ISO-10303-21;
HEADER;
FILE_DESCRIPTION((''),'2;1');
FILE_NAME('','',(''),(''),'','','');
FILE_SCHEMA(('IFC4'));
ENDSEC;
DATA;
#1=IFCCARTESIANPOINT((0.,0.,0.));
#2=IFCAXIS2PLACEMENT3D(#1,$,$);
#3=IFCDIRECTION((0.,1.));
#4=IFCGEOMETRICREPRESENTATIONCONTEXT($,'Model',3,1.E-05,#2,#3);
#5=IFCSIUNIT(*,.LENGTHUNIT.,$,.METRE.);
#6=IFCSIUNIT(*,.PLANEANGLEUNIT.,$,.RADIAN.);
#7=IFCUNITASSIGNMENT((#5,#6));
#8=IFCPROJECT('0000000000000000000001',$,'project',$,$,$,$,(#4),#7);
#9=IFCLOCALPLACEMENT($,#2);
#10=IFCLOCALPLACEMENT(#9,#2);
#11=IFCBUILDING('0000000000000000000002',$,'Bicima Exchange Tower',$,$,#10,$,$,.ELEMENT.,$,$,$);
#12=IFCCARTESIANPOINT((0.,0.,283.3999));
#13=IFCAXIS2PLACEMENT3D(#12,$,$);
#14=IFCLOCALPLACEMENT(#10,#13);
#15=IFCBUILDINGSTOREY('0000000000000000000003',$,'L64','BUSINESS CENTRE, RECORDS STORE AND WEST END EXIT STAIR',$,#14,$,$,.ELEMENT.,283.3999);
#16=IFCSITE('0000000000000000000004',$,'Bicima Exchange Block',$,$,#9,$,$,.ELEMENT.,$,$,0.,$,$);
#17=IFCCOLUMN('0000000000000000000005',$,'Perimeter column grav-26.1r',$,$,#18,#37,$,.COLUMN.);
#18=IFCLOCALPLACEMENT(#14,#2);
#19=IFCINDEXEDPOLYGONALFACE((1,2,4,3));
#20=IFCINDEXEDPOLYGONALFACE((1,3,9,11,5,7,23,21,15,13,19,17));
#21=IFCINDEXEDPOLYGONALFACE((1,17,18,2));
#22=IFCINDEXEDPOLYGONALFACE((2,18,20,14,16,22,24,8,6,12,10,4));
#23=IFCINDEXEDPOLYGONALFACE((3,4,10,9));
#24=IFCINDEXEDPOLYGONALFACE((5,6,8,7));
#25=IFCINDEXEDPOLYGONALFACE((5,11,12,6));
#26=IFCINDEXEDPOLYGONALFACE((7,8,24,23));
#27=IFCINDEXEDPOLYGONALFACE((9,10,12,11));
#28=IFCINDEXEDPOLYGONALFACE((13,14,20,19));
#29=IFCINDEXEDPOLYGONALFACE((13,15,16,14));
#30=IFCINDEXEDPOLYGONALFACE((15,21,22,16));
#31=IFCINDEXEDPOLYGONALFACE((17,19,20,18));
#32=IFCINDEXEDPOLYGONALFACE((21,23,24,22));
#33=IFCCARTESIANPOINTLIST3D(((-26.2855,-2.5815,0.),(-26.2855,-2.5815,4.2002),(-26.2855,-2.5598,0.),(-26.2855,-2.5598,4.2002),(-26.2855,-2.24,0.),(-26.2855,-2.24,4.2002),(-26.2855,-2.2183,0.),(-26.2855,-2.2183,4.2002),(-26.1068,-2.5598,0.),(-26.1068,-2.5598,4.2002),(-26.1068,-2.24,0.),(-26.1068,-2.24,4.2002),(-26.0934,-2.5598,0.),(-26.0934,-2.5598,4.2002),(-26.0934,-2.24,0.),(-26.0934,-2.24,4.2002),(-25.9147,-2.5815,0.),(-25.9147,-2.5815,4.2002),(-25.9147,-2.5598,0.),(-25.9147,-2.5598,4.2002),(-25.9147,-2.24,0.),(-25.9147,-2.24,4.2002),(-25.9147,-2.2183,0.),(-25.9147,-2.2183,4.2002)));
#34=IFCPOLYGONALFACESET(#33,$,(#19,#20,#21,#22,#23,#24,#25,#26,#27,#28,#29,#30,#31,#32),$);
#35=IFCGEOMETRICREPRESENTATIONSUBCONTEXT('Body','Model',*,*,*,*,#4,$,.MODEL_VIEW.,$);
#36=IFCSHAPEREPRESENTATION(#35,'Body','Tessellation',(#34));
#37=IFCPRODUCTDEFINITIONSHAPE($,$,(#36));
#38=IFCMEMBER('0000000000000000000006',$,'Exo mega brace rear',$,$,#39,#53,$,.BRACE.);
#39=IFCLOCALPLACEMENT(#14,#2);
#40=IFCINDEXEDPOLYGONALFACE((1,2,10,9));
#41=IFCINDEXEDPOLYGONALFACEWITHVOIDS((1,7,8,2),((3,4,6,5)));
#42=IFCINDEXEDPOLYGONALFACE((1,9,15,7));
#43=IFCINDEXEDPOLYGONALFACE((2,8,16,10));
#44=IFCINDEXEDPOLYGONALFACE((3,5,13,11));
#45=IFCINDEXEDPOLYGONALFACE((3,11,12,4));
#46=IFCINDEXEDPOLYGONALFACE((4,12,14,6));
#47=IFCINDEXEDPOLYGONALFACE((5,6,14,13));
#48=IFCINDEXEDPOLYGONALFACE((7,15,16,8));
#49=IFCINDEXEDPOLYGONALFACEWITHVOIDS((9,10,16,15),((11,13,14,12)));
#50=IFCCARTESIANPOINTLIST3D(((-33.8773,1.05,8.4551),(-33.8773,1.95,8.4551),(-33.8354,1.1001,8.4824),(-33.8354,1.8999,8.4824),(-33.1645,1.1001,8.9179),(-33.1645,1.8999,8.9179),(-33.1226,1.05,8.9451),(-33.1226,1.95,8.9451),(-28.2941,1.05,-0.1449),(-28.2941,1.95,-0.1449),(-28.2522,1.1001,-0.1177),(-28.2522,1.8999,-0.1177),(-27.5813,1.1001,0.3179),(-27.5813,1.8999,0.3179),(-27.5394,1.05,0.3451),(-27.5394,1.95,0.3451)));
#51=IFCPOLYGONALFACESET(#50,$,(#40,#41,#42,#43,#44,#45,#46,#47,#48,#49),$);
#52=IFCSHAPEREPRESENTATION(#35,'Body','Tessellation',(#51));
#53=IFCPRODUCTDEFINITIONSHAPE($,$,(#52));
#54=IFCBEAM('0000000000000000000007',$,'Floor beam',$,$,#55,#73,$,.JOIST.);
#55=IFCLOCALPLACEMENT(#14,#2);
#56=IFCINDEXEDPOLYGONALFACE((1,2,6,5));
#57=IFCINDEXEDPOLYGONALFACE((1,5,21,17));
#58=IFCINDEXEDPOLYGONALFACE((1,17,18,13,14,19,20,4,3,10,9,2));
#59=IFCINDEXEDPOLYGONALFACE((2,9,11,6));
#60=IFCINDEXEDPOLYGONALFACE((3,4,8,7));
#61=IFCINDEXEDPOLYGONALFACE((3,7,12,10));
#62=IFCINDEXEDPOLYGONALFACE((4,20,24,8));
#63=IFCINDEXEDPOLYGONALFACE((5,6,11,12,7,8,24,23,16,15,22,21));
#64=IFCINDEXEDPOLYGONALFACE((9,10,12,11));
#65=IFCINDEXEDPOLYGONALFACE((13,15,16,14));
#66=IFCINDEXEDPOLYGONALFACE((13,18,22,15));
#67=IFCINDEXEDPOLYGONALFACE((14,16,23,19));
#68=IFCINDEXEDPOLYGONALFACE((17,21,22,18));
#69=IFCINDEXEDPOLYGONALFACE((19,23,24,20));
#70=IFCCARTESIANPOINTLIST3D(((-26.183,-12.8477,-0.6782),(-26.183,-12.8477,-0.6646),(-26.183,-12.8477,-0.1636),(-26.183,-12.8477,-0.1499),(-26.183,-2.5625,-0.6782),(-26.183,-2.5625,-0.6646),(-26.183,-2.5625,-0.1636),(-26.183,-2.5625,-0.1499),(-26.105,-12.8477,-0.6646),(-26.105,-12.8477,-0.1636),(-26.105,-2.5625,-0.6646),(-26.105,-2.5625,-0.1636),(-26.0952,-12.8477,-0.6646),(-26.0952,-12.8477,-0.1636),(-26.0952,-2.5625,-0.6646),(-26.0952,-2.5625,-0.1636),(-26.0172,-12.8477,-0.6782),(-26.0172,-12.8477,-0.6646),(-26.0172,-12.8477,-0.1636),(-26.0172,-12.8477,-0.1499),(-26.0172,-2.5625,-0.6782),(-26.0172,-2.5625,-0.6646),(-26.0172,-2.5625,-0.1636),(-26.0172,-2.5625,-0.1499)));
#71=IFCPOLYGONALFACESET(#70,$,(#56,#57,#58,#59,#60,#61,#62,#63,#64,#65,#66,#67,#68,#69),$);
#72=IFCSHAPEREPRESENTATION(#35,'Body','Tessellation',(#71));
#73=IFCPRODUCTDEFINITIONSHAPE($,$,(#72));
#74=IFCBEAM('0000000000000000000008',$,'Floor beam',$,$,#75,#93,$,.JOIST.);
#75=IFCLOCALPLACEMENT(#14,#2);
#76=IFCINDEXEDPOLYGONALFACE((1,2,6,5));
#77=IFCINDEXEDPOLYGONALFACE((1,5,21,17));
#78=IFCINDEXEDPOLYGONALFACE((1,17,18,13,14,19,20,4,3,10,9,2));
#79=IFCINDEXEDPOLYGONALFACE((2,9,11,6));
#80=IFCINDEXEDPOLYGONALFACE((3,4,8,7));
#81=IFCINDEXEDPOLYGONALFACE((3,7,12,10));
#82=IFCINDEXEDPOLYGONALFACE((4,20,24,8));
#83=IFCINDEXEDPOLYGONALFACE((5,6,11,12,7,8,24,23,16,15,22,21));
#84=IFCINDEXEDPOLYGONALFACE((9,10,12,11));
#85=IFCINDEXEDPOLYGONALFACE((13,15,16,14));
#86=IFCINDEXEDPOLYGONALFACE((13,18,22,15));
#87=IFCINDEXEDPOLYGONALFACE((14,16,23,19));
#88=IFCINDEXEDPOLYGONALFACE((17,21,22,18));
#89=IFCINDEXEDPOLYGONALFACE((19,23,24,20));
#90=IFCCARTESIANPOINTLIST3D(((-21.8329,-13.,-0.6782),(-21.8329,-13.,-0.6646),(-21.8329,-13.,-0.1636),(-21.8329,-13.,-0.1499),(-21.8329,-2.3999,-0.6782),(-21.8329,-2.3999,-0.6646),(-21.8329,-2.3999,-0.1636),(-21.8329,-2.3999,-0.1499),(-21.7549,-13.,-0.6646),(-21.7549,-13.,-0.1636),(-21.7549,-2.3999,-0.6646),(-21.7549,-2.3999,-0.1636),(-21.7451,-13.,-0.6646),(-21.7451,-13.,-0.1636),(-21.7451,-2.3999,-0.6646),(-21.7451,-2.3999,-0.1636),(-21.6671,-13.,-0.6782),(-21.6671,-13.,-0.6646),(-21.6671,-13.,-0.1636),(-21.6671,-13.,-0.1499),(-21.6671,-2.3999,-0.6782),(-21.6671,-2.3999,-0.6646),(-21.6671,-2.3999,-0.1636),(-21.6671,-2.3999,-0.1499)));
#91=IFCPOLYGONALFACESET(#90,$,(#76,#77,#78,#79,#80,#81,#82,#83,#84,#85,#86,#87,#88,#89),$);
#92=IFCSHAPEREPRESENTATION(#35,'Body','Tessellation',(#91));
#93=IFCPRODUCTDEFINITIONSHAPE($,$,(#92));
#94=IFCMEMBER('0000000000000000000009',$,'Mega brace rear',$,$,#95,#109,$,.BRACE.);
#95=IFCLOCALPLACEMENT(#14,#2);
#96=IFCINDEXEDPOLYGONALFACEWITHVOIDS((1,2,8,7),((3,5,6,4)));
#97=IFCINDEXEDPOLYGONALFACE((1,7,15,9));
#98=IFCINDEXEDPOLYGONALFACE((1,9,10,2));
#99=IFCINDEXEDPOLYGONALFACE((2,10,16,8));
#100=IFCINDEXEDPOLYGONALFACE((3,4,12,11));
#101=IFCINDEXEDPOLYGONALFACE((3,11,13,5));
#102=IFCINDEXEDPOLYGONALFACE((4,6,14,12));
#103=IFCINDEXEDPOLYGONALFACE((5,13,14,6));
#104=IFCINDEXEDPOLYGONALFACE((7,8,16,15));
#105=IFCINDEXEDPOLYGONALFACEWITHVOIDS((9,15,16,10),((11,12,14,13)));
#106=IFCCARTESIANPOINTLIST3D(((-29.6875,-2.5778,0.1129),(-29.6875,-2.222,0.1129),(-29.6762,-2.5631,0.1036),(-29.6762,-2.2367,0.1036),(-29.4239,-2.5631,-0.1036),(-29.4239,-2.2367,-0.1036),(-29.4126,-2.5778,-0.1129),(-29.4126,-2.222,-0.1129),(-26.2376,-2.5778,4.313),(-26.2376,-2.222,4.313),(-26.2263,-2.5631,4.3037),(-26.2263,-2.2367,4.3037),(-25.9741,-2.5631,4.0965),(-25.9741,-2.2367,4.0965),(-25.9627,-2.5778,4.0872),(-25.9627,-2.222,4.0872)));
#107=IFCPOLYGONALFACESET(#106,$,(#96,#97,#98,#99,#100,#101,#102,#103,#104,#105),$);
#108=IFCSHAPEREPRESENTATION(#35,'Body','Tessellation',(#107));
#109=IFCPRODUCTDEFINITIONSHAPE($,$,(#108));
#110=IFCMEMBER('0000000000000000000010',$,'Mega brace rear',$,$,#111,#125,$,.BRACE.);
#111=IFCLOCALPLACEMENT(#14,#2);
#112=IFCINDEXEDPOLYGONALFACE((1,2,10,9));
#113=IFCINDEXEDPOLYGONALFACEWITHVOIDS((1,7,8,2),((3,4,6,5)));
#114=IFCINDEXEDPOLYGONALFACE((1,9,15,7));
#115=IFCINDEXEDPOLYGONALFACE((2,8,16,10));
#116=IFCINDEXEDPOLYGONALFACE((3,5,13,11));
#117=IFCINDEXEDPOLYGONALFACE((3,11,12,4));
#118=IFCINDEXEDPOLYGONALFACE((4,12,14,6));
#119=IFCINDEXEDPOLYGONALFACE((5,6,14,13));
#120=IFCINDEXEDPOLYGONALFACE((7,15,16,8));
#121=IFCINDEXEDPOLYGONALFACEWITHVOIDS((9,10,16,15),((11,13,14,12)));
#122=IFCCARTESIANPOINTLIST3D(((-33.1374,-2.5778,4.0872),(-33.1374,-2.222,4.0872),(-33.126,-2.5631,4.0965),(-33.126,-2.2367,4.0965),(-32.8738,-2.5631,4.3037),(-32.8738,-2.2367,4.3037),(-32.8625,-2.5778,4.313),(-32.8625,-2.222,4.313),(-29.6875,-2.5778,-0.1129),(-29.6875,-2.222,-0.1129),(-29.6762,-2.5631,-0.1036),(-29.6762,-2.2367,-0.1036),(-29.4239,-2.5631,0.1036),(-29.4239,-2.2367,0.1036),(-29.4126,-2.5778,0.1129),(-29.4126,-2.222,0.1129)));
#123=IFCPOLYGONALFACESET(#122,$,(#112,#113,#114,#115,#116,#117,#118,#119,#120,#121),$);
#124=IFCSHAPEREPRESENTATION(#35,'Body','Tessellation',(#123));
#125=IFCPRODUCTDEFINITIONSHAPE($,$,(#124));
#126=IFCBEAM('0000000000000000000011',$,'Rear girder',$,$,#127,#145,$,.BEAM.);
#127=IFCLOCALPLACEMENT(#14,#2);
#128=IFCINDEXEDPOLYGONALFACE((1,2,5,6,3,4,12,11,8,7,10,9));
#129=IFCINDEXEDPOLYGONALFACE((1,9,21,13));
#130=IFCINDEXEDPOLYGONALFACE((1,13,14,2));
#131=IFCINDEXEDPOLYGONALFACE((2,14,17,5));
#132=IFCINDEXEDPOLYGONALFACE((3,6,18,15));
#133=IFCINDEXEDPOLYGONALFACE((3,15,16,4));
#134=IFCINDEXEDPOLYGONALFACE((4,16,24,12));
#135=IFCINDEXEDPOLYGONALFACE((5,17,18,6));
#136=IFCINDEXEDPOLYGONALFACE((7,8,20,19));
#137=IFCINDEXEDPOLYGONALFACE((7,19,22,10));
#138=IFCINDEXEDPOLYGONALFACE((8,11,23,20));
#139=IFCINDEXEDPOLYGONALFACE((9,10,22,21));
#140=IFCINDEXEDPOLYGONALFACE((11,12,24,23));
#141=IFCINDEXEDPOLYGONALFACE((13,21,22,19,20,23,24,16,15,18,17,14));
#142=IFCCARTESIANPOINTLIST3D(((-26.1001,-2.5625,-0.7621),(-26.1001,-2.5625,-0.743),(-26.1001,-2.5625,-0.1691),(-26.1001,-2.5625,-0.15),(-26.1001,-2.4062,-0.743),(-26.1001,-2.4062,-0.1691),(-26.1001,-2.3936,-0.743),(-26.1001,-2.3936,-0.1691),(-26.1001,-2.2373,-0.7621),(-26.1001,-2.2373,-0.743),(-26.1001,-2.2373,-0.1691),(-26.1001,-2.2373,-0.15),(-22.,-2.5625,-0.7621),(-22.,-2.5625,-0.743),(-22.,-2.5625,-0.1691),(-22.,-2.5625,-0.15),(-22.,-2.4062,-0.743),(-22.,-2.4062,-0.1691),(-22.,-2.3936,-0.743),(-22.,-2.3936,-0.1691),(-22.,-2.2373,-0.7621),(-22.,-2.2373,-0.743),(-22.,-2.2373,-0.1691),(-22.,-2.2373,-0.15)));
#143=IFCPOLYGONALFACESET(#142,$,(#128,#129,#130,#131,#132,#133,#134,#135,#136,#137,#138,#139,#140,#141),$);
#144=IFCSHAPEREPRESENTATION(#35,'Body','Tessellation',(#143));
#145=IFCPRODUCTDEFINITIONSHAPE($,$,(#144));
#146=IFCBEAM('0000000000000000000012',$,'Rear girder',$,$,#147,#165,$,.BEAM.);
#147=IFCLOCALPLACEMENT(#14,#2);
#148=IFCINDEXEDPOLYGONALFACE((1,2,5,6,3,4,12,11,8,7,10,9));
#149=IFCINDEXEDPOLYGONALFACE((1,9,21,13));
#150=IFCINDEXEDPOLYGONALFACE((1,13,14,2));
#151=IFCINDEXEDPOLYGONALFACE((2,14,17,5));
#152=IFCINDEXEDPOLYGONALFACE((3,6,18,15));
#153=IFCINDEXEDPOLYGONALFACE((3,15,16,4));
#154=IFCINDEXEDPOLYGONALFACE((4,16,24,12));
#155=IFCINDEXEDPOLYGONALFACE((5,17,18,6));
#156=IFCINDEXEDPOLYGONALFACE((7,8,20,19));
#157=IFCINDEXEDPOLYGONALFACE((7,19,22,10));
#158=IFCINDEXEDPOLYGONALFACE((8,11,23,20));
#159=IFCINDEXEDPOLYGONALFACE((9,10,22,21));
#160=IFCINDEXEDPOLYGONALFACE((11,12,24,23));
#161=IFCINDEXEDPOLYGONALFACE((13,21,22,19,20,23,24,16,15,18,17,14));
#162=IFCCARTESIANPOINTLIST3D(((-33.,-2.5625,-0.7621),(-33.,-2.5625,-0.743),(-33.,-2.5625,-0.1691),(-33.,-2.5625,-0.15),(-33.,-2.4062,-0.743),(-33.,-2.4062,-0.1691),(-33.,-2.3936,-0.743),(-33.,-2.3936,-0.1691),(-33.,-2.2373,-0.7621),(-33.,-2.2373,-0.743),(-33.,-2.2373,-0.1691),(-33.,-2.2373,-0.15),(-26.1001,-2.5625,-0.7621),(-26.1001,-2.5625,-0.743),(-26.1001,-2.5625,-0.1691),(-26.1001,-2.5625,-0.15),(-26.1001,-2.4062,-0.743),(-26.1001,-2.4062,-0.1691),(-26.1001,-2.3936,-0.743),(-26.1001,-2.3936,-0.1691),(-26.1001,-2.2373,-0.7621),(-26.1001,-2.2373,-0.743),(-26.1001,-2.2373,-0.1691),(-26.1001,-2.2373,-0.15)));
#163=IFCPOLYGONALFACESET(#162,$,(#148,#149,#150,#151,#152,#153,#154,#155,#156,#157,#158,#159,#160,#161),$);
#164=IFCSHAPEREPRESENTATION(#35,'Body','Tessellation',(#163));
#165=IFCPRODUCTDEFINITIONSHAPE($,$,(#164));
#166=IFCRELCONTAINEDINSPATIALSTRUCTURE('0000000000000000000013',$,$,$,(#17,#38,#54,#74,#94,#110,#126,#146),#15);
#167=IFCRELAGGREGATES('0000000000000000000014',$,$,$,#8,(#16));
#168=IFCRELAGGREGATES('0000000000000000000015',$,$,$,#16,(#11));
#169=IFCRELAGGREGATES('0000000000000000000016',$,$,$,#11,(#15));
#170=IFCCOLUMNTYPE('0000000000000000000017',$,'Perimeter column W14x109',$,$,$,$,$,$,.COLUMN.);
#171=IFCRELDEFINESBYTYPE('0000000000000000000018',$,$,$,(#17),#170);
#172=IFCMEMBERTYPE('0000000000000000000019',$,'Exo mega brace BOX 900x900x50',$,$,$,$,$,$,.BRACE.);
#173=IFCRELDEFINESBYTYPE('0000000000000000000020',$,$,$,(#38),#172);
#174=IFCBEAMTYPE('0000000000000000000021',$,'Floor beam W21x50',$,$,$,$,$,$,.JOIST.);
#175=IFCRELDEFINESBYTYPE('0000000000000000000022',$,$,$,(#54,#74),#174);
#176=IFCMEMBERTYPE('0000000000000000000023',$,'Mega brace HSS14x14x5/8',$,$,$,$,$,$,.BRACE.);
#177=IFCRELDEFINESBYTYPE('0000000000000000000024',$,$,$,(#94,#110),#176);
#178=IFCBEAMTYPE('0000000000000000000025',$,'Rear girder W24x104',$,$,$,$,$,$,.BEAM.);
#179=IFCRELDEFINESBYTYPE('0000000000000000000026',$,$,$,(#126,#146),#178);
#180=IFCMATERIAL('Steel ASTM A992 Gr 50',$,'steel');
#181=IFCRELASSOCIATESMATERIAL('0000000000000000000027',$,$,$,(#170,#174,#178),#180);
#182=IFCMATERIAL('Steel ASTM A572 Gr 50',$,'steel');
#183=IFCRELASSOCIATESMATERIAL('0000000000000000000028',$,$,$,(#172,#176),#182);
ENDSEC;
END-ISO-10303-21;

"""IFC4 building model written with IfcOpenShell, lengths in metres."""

from ifc_helpers import new_model, si_unit, direction, frame, origin, origin_2d, place, context, subcontext, project, spatial, hollow_rectangle, i_section, extrude, material, material_profile, profile_set, type_object, element, save


model = new_model("IFC4")

# Units and contexts
model_context = context("Model", 3, precision=1e-05, world=origin(), true_north=direction((0.0, 1.0)))
body_context = subcontext(model_context, "Body", "Model", "MODEL_VIEW")
ifc_project = project(units=[si_unit("LENGTHUNIT", "METRE"), si_unit("PLANEANGLEUNIT", "RADIAN")], contexts=[model_context])

# Site, building, storey
site_placement = place(None, origin())
site = spatial("IfcSite", under=ifc_project, at=site_placement, Name="Bicima Exchange Block", CompositionType="ELEMENT", RefElevation=0.0)
building_placement = place(site_placement, origin())
building = spatial("IfcBuilding", under=site, at=building_placement, Name="Bicima Exchange Tower", CompositionType="ELEMENT")
storey_placement = place(building_placement, frame((0.0, 0.0, 283.3999)))
storey = spatial("IfcBuildingStorey", under=building, at=storey_placement, Name="L64", Description="BUSINESS CENTRE, RECORDS STORE AND WEST END EXIT STAIR", CompositionType="ELEMENT", Elevation=283.3999)

# Column
ifc_material_1 = material(Name="Steel ASTM A992 Gr 50", Category="steel")
ifc_material_profile_1 = material_profile(ifc_material_1, i_section(OverallWidth=0.3708, OverallDepth=0.3633, WebThickness=0.0134, FlangeThickness=0.0217, at=origin_2d()))
ifc_profile_set_1 = profile_set([ifc_material_profile_1], Name="Steel ASTM A992 Gr 50")
column_type = type_object("IfcColumnType", Name="Perimeter column W14x109", PredefinedType="COLUMN", material=ifc_profile_set_1)
column_placement = place(storey_placement, frame((-26.1001, -2.3999, 0.0), z_axis=(0.0, 0.0, 1.0), x_axis=(1.0, 0.0, 0.0)))
element("IfcColumn", 1, at=column_placement, inside=storey, type_object=column_type, Name="Perimeter column grav-26.1r", PredefinedType="COLUMN", context=body_context, shape_type="SweptSolid", body=[
    extrude(i_section(OverallWidth=0.3708, OverallDepth=0.3633, WebThickness=0.0134, FlangeThickness=0.0217, at=origin_2d()), origin(), (0.0, 0.0, 1.0), 4.2002),
])

# Member
ifc_material_2 = material(Name="Steel ASTM A572 Gr 50", Category="steel")
ifc_material_profile_2 = material_profile(ifc_material_2, hollow_rectangle(XDim=0.8999, YDim=0.8999, WallThickness=0.05, at=origin_2d()))
ifc_profile_set_2 = profile_set([ifc_material_profile_2], Name="Steel ASTM A572 Gr 50")
member_type_1 = type_object("IfcMemberType", Name="Exo mega brace BOX 900x900x50", PredefinedType="BRACE", material=ifc_profile_set_2)
member_placement = place(storey_placement, frame((-27.9167, 1.5, 0.1001), z_axis=(-0.544521, 0.0, 0.838747), x_axis=(0.0, -1.0, 0.0)))
element("IfcMember", 2, at=member_placement, inside=storey, type_object=member_type_1, Name="Exo mega brace rear", PredefinedType="BRACE", context=body_context, shape_type="SweptSolid", body=[
    extrude(hollow_rectangle(XDim=0.8999, YDim=0.8999, WallThickness=0.05, at=origin_2d()), origin(), (0.0, 0.0, 1.0), 10.2534),
])

# Beams
ifc_material_profile_3 = material_profile(ifc_material_1, i_section(OverallWidth=0.1658, OverallDepth=0.5283, WebThickness=0.0098, FlangeThickness=0.0137, at=origin_2d()))
ifc_profile_set_3 = profile_set([ifc_material_profile_3], Name="Steel ASTM A992 Gr 50")
beam_type_1 = type_object("IfcBeamType", Name="Floor beam W21x50", PredefinedType="JOIST", material=ifc_profile_set_3)
beam_1_placement = place(storey_placement, frame((-26.1001, -2.5625, -0.4141), z_axis=(0.0, -1.0, 0.0), x_axis=(1.0, 0.0, 0.0)))
element("IfcBeam", 3, at=beam_1_placement, inside=storey, type_object=beam_type_1, Name="Floor beam", PredefinedType="JOIST", context=body_context, shape_type="SweptSolid", body=[
    extrude(i_section(OverallWidth=0.1658, OverallDepth=0.5283, WebThickness=0.0098, FlangeThickness=0.0137, at=origin_2d()), origin(), (0.0, 0.0, 1.0), 10.2852),
])
beam_2_placement = place(storey_placement, frame((-21.75, -2.3999, -0.4141), z_axis=(0.0, -1.0, 0.0), x_axis=(1.0, 0.0, 0.0)))
element("IfcBeam", 4, at=beam_2_placement, inside=storey, type_object=beam_type_1, Name="Floor beam", PredefinedType="JOIST", context=body_context, shape_type="SweptSolid", body=[
    extrude(i_section(OverallWidth=0.1658, OverallDepth=0.5283, WebThickness=0.0098, FlangeThickness=0.0137, at=origin_2d()), origin(), (0.0, 0.0, 1.0), 10.6001),
])

# Members
ifc_material_profile_4 = material_profile(ifc_material_2, hollow_rectangle(XDim=0.3557, YDim=0.3557, WallThickness=0.0146, at=origin_2d()))
ifc_profile_set_4 = profile_set([ifc_material_profile_4], Name="Steel ASTM A572 Gr 50")
member_type_2 = type_object("IfcMemberType", Name="Mega brace HSS14x14x5/8", PredefinedType="BRACE", material=ifc_profile_set_4)
for number, where, z_axis, x_axis, name in (
    (5, (-29.55, -2.3999, 0.0), (0.634716, 0.0, 0.772745), (0.0, 1.0, 0.0), "Mega brace rear"),
    (6, (-29.55, -2.3999, 0.0), (-0.634716, 0.0, 0.772745), (0.0, -1.0, 0.0), "Mega brace rear"),
):
    element("IfcMember", number, at=place(storey_placement, frame(where, z_axis=z_axis, x_axis=x_axis)), inside=storey, type_object=member_type_2, Name=name, PredefinedType="BRACE", context=body_context, shape_type="SweptSolid", body=[
        extrude(hollow_rectangle(XDim=0.3557, YDim=0.3557, WallThickness=0.0146, at=origin_2d()), origin(), (0.0, 0.0, 1.0), 5.4353),
    ])

# Beams
ifc_material_profile_5 = material_profile(ifc_material_1, i_section(OverallWidth=0.3252, OverallDepth=0.6121, WebThickness=0.0127, FlangeThickness=0.019, at=origin_2d()))
ifc_profile_set_5 = profile_set([ifc_material_profile_5], Name="Steel ASTM A992 Gr 50")
beam_type_2 = type_object("IfcBeamType", Name="Rear girder W24x104", PredefinedType="BEAM", material=ifc_profile_set_5)
beam_3_placement = place(storey_placement, frame((-22.0, -2.3999, -0.4561), z_axis=(-1.0, 0.0, 0.0), x_axis=(0.0, -1.0, 0.0)))
element("IfcBeam", 7, at=beam_3_placement, inside=storey, type_object=beam_type_2, Name="Rear girder", PredefinedType="BEAM", context=body_context, shape_type="SweptSolid", body=[
    extrude(i_section(OverallWidth=0.3252, OverallDepth=0.6121, WebThickness=0.0127, FlangeThickness=0.019, at=origin_2d()), origin(), (0.0, 0.0, 1.0), 4.1001),
])
beam_4_placement = place(storey_placement, frame((-26.1001, -2.3999, -0.4561), z_axis=(-1.0, 0.0, 0.0), x_axis=(0.0, -1.0, 0.0)))
element("IfcBeam", 8, at=beam_4_placement, inside=storey, type_object=beam_type_2, Name="Rear girder", PredefinedType="BEAM", context=body_context, shape_type="SweptSolid", body=[
    extrude(i_section(OverallWidth=0.3252, OverallDepth=0.6121, WebThickness=0.0127, FlangeThickness=0.019, at=origin_2d()), origin(), (0.0, 0.0, 1.0), 6.8999),
])

save(model, "model.ifc")
